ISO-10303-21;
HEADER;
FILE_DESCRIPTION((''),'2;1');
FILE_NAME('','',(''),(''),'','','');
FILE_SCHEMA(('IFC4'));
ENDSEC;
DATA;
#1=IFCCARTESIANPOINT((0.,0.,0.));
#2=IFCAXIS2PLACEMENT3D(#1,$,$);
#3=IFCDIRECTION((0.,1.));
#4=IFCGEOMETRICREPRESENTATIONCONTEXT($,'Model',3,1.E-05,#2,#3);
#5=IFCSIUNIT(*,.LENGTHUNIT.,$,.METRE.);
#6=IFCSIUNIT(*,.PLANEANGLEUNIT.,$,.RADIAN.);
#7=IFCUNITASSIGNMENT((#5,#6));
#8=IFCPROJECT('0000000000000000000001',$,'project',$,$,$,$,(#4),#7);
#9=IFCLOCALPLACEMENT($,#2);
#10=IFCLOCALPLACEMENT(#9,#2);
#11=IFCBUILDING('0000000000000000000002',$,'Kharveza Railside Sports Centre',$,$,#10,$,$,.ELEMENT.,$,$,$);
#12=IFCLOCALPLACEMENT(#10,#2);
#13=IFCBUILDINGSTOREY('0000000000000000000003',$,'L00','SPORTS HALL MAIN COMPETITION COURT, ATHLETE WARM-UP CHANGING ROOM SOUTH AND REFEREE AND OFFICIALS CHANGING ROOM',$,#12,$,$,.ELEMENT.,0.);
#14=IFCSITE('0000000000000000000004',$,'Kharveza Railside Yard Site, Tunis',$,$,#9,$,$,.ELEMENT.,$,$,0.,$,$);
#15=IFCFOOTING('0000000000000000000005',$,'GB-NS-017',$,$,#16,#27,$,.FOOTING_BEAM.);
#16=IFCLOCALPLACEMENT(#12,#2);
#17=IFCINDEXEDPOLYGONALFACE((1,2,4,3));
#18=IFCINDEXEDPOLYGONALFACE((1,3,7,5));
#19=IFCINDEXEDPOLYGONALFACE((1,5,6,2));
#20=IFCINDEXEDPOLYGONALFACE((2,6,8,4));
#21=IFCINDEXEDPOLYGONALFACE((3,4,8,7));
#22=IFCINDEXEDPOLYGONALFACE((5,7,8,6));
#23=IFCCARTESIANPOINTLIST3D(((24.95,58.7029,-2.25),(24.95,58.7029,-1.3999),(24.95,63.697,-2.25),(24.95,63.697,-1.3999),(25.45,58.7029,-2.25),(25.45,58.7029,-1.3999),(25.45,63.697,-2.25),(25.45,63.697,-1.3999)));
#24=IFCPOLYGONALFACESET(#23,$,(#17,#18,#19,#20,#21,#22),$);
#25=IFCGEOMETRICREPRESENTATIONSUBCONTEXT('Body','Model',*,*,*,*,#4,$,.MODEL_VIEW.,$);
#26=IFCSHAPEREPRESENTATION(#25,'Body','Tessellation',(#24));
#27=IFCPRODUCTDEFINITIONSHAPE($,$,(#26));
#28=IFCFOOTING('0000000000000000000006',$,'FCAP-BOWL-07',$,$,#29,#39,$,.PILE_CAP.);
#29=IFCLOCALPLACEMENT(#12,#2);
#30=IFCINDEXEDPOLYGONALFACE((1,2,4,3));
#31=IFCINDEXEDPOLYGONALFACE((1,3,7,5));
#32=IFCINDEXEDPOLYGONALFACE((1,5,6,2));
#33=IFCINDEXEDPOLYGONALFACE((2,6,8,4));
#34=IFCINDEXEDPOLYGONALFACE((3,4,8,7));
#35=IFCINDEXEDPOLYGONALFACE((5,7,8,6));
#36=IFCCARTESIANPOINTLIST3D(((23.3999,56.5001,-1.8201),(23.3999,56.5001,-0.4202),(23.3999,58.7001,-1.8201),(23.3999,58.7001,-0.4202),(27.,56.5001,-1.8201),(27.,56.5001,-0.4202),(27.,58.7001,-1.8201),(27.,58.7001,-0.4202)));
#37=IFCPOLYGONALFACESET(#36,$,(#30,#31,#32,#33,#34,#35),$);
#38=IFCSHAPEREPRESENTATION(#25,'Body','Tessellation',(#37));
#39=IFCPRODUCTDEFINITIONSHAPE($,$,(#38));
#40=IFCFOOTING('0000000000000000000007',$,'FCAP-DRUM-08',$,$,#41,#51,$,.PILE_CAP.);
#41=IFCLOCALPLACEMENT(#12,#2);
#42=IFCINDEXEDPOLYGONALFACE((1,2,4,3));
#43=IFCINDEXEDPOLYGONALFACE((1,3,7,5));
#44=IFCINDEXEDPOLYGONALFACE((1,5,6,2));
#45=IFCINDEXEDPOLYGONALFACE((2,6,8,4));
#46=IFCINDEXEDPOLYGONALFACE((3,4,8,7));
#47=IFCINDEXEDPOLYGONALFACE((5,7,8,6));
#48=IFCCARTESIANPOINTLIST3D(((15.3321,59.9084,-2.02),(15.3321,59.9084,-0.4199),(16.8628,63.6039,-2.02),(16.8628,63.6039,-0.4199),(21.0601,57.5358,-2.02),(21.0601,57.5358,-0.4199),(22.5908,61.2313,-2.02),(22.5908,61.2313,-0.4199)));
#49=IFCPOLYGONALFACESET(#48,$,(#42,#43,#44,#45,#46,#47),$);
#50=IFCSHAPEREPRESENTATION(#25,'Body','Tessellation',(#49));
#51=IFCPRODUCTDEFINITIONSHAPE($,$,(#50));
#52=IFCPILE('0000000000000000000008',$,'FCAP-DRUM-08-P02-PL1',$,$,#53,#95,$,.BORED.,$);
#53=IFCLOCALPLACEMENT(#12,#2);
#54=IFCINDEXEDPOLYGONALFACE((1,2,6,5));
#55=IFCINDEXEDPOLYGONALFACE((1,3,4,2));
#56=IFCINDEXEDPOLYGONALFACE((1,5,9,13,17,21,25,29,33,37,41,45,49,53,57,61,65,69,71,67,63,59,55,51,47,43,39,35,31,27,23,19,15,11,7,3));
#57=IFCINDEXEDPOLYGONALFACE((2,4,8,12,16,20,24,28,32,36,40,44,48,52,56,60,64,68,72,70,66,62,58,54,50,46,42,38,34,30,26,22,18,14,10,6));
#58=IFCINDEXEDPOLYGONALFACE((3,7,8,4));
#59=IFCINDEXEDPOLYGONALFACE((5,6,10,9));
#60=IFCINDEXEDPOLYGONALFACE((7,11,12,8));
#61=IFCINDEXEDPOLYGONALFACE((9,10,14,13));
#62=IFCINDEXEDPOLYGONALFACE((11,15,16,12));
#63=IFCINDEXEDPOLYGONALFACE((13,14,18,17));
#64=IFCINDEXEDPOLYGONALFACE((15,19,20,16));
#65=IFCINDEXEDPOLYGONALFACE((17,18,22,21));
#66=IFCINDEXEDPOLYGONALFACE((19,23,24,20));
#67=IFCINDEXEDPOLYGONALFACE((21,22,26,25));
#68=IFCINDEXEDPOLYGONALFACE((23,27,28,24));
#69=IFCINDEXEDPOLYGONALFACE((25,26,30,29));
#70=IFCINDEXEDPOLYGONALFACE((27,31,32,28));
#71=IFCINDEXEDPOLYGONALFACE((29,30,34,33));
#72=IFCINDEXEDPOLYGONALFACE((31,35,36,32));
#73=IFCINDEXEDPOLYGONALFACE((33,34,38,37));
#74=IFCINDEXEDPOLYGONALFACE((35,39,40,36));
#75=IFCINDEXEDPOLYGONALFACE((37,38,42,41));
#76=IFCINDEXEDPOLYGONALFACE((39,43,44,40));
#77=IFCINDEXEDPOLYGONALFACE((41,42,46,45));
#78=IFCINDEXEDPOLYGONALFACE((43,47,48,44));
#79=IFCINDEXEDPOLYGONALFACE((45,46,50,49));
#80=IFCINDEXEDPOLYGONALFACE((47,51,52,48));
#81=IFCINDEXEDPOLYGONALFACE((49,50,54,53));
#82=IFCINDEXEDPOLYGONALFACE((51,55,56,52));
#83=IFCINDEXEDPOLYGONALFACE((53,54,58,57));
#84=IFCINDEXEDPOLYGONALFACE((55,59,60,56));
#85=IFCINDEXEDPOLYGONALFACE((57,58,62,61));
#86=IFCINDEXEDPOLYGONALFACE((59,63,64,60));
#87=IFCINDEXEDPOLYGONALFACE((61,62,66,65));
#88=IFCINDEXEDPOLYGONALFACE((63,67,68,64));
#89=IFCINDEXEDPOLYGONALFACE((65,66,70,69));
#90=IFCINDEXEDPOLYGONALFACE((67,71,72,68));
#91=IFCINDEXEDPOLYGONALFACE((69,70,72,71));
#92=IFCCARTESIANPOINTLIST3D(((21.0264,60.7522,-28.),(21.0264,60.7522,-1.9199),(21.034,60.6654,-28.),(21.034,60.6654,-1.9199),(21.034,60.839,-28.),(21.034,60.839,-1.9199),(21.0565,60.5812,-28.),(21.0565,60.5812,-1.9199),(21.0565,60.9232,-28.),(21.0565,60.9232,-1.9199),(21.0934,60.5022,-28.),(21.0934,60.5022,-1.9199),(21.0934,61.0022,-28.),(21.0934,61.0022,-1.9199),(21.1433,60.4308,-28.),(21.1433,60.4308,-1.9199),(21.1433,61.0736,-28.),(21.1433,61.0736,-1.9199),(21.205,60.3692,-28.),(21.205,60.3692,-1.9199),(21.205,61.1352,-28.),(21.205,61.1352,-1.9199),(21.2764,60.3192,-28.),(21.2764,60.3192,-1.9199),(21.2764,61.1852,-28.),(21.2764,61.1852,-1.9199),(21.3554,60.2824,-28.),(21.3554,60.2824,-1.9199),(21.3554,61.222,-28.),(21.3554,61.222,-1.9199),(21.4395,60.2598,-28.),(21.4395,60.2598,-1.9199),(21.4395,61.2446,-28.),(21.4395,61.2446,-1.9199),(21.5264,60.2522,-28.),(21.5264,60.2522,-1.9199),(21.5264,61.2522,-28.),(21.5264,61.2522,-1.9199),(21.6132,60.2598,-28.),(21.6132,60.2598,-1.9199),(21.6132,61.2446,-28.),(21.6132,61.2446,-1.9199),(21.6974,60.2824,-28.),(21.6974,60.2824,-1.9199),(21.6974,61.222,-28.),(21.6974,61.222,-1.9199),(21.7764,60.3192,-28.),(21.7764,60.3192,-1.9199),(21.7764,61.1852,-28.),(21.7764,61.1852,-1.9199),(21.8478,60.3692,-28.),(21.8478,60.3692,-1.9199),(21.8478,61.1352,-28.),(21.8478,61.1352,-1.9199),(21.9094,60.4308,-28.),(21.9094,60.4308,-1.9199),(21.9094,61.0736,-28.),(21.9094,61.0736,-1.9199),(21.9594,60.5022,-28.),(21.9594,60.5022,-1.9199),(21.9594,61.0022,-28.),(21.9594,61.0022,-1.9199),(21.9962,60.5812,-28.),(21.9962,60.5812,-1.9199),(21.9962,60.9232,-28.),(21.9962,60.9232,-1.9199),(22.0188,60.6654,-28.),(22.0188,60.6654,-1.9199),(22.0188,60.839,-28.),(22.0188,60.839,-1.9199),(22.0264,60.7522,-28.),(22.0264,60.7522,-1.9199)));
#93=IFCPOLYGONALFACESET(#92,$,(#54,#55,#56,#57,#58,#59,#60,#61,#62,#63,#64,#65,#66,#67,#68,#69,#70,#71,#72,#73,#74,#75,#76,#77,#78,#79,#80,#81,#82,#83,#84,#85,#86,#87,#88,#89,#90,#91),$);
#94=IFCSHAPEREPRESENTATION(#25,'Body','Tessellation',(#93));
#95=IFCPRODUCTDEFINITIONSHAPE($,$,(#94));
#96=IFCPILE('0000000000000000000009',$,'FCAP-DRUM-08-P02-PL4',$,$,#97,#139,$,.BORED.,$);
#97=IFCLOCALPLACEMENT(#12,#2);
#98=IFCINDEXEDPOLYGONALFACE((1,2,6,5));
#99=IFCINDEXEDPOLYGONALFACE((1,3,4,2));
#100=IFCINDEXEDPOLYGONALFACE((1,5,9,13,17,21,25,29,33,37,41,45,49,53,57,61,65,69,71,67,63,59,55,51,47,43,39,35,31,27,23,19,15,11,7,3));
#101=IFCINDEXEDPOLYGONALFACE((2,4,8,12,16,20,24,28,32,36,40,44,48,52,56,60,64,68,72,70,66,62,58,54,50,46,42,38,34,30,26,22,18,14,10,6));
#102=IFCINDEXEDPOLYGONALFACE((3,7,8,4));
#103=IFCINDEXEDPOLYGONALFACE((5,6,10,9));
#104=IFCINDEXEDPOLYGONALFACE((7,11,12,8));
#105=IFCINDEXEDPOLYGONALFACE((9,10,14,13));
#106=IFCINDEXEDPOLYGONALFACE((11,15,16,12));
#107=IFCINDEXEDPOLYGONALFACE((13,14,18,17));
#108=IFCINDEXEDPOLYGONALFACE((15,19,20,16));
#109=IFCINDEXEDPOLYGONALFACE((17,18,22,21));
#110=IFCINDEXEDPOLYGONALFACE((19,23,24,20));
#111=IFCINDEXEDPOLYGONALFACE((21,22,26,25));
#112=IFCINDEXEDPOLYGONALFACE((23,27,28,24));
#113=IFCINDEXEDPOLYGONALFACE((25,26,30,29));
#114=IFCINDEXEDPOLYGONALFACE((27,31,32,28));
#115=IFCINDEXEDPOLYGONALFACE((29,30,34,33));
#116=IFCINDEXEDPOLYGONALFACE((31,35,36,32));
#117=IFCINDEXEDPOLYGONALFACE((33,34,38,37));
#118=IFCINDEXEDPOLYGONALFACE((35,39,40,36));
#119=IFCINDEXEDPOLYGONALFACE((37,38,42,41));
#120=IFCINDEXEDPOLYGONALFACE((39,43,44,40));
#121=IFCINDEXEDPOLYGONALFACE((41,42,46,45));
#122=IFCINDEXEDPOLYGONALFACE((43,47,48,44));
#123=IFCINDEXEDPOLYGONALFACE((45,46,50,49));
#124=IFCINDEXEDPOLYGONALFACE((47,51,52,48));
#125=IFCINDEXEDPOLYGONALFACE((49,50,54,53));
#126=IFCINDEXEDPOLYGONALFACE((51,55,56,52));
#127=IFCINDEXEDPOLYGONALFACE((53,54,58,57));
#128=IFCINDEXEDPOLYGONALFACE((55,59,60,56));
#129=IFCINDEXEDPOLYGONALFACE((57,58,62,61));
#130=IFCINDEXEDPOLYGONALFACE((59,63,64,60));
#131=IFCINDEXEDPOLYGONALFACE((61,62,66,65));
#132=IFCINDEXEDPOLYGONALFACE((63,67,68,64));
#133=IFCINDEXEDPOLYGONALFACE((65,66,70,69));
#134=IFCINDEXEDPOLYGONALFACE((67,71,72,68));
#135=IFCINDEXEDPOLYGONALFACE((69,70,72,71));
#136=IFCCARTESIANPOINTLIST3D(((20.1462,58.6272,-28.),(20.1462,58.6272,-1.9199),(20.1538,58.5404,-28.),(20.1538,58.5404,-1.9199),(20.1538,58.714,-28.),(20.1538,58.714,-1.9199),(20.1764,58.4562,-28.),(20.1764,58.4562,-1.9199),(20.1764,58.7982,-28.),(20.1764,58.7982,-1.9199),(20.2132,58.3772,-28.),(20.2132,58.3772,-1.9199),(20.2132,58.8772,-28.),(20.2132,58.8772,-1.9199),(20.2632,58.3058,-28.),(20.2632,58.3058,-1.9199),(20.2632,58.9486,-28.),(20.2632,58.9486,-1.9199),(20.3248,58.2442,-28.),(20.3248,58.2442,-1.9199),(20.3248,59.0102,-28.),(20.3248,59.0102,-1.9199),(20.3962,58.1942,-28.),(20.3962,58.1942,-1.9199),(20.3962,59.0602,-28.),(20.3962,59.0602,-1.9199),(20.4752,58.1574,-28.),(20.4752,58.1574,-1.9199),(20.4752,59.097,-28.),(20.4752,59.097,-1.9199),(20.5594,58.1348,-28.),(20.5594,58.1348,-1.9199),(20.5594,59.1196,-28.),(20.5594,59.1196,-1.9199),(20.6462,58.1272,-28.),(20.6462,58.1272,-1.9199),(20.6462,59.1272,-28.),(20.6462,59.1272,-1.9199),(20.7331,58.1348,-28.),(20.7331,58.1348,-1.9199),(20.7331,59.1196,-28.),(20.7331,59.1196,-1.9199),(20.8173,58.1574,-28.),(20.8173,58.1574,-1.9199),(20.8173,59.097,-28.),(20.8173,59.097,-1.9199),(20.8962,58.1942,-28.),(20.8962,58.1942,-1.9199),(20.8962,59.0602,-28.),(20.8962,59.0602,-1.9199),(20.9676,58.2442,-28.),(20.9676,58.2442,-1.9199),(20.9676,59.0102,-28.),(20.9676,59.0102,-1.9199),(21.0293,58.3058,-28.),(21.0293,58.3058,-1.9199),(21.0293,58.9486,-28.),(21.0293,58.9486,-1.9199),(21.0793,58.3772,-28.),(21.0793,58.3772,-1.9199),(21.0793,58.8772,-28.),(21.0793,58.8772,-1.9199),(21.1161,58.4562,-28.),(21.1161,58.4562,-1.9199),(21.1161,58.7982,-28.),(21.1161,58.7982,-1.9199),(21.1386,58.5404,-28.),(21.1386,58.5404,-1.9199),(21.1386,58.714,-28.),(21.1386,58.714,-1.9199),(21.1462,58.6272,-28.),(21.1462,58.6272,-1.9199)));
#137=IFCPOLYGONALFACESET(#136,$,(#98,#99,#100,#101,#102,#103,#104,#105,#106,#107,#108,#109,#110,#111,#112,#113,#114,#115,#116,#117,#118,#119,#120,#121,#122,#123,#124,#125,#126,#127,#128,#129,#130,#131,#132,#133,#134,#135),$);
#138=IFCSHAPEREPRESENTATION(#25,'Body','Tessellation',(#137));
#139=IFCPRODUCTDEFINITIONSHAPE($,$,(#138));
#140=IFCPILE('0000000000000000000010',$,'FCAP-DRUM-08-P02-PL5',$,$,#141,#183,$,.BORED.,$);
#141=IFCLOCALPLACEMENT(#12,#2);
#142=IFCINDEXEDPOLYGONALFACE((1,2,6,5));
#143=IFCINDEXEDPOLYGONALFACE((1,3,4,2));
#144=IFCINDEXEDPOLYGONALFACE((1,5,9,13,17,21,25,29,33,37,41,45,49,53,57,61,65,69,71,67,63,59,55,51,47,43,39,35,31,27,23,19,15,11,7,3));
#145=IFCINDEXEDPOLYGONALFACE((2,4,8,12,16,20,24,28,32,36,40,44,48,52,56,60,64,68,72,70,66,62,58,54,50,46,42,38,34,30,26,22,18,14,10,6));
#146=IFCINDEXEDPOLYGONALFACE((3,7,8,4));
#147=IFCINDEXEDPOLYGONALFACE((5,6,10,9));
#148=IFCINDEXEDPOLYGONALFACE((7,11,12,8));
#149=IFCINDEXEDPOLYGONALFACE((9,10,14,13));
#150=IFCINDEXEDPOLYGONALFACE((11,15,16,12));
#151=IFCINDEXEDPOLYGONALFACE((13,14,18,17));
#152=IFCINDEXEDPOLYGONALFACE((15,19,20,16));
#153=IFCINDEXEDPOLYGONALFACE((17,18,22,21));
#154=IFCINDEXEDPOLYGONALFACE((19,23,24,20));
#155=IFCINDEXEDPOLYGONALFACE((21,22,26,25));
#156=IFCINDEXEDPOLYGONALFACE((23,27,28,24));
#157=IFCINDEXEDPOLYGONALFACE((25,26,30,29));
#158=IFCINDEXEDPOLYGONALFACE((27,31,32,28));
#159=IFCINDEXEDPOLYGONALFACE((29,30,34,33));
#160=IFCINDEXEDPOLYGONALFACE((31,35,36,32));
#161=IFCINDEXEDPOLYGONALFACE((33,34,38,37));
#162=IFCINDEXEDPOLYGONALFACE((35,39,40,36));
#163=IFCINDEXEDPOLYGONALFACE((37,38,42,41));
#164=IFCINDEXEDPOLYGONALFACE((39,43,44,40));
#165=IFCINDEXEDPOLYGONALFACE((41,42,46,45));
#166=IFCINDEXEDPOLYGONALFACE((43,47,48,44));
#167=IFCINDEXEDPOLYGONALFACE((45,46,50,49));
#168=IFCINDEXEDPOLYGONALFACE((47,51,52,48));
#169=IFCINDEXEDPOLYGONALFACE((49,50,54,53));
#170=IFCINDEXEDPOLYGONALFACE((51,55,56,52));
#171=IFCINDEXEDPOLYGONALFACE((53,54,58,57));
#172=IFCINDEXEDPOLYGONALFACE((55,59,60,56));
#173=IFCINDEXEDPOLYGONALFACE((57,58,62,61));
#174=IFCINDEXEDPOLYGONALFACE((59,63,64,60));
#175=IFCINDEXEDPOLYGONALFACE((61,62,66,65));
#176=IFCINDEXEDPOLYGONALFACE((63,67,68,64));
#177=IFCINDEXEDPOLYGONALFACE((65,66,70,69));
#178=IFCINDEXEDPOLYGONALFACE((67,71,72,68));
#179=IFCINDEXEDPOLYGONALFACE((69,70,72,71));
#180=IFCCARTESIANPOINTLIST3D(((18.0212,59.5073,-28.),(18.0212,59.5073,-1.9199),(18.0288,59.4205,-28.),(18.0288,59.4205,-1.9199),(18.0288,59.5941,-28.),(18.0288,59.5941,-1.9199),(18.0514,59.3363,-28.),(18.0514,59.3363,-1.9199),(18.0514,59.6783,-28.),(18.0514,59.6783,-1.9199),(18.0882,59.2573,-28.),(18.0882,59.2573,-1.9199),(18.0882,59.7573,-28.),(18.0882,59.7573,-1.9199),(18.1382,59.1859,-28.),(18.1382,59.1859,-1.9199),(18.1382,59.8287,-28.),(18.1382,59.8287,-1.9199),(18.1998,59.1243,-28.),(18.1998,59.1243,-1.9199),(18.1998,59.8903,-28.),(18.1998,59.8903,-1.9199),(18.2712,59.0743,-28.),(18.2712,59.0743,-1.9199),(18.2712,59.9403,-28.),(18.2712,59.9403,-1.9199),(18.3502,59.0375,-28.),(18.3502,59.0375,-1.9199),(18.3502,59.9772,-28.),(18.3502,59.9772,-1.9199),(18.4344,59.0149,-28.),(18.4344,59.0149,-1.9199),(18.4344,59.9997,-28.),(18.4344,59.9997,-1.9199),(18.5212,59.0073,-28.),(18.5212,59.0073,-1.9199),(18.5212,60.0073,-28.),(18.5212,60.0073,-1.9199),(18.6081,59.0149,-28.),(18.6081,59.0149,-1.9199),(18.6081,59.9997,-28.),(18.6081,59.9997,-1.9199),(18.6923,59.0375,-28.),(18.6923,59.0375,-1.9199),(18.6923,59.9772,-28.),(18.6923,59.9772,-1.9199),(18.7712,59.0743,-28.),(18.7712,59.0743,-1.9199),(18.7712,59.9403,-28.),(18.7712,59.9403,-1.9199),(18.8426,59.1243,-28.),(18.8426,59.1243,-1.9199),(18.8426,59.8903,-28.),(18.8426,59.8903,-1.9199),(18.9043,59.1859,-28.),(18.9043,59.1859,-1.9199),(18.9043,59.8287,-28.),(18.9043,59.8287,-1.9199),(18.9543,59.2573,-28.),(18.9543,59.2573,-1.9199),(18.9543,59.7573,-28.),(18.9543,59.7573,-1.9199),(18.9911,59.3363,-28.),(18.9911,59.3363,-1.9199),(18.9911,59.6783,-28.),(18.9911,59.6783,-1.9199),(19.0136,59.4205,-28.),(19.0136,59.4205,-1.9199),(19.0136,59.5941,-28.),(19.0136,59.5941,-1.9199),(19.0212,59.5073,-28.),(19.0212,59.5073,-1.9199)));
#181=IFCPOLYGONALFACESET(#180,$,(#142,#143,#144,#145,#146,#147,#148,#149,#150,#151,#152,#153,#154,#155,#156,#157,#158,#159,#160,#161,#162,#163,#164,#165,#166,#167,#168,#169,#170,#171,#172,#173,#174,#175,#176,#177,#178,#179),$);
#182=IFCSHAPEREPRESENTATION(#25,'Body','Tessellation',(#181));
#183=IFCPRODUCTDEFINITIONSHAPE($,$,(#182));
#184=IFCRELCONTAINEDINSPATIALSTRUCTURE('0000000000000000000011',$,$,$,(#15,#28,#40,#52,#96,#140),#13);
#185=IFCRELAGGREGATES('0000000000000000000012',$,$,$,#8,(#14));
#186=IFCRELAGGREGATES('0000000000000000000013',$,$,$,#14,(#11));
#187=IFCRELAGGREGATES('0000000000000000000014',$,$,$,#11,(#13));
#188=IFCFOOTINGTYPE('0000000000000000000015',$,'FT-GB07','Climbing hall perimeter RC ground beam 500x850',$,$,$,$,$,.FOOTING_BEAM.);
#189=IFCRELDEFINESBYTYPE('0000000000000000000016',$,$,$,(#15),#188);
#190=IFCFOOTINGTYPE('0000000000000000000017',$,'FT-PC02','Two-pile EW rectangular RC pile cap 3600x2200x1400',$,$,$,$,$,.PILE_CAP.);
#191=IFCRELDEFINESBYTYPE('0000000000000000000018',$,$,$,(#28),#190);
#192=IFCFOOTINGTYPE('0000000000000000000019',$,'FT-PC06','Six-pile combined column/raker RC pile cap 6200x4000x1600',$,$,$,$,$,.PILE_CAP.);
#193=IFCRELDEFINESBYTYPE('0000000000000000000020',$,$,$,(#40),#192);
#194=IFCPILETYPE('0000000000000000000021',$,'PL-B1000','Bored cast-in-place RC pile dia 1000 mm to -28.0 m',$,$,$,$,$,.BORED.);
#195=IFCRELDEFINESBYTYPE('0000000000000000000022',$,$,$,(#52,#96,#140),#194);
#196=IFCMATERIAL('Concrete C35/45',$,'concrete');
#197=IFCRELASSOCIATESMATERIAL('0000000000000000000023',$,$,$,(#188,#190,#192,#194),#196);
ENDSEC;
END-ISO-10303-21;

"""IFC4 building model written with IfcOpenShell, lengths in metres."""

from ifc_helpers import new_model, si_unit, direction, frame, origin, origin_2d, place, context, subcontext, project, spatial, rectangle, circle, extrude, material, material_profile, profile_set, type_object, element, save


model = new_model("IFC4")

# Units and contexts
model_context = context("Model", 3, precision=1e-05, world=origin(), true_north=direction((0.0, 1.0)))
body_context = subcontext(model_context, "Body", "Model", "MODEL_VIEW")
ifc_project = project(units=[si_unit("LENGTHUNIT", "METRE"), si_unit("PLANEANGLEUNIT", "RADIAN")], contexts=[model_context])

# Site, building, storey
site_placement = place(None, origin())
site = spatial("IfcSite", under=ifc_project, at=site_placement, Name="Kharveza Railside Yard Site, Tunis", CompositionType="ELEMENT", RefElevation=0.0)
building_placement = place(site_placement, origin())
building = spatial("IfcBuilding", under=site, at=building_placement, Name="Kharveza Railside Sports Centre", CompositionType="ELEMENT")
storey_placement = place(building_placement, origin())
storey = spatial("IfcBuildingStorey", under=building, at=storey_placement, Name="L00", Description="SPORTS HALL MAIN COMPETITION COURT, ATHLETE WARM-UP CHANGING ROOM SOUTH AND REFEREE AND OFFICIALS CHANGING ROOM", CompositionType="ELEMENT", Elevation=0.0)

# Footings
ifc_material_1 = material(Name="Concrete C35/45", Category="concrete")
ifc_material_profile_1 = material_profile(ifc_material_1, rectangle(XDim=0.5, YDim=0.8501, at=origin_2d()), Name="GB 500x850")
ifc_profile_set_1 = profile_set([ifc_material_profile_1], Name="Concrete C35/45")
footing_type_1 = type_object("IfcFootingType", Name="FT-GB07", Description="Climbing hall perimeter RC ground beam 500x850", PredefinedType="FOOTING_BEAM", material=ifc_profile_set_1)
footing_1_placement = place(storey_placement, frame((25.2, 58.7029, -1.825), z_axis=(0.0, 1.0, 0.0), x_axis=(-1.0, 0.0, 0.0)))
element("IfcFooting", 1, at=footing_1_placement, inside=storey, type_object=footing_type_1, Name="GB-NS-017", PredefinedType="FOOTING_BEAM", context=body_context, shape_type="SweptSolid", body=[
    extrude(rectangle(XDim=0.5, YDim=0.8501, at=origin_2d()), origin(), (0.0, 0.0, 1.0), 4.9941),
])
footing_type_2 = type_object("IfcFootingType", Name="FT-PC02", Description="Two-pile EW rectangular RC pile cap 3600x2200x1400", PredefinedType="PILE_CAP", material=ifc_material_1)
footing_2_placement = place(storey_placement, frame((25.2, 57.6001, -1.8201), z_axis=(0.0, 0.0, 1.0), x_axis=(1.0, 0.0, 0.0)))
element("IfcFooting", 2, at=footing_2_placement, inside=storey, type_object=footing_type_2, Name="FCAP-BOWL-07", PredefinedType="PILE_CAP", context=body_context, shape_type="SweptSolid", body=[
    extrude(rectangle(XDim=3.6001, YDim=2.2, at=origin_2d()), origin(), (0.0, 0.0, 1.0), 1.3999),
])
footing_type_3 = type_object("IfcFootingType", Name="FT-PC06", Description="Six-pile combined column/raker RC pile cap 6200x4000x1600", PredefinedType="PILE_CAP", material=ifc_material_1)
footing_3_placement = place(storey_placement, frame((18.9614, 60.5698, -2.02), z_axis=(0.0, 0.0, 1.0), x_axis=(-0.92388, 0.382683, 0.0)))
element("IfcFooting", 3, at=footing_3_placement, inside=storey, type_object=footing_type_3, Name="FCAP-DRUM-08", PredefinedType="PILE_CAP", context=body_context, shape_type="SweptSolid", body=[
    extrude(rectangle(XDim=6.2, YDim=4.0, at=origin_2d()), origin(), (0.0, 0.0, 1.0), 1.6001),
])

# Piles
ifc_material_profile_2 = material_profile(ifc_material_1, circle(Radius=0.5, at=origin_2d()), Name="PILE D1000")
ifc_profile_set_2 = profile_set([ifc_material_profile_2], Name="Concrete C35/45")
pile_type_1 = type_object("IfcPileType", Name="PL-B1000", Description="Bored cast-in-place RC pile dia 1000 mm to -28.0 m", PredefinedType="BORED", material=ifc_profile_set_2)
for number, where, z_axis, x_axis, name in (
    (4, (21.5264, 60.7522, -1.9199), (0.0, 0.0, -1.0), (1.0, 0.0, 0.0), "FCAP-DRUM-08-P02-PL1"),
    (5, (20.6462, 58.6272, -1.9199), (0.0, 0.0, -1.0), (1.0, 0.0, 0.0), "FCAP-DRUM-08-P02-PL4"),
    (6, (18.5212, 59.5073, -1.9199), (0.0, 0.0, -1.0), (1.0, 0.0, 0.0), "FCAP-DRUM-08-P02-PL5"),
):
    element("IfcPile", number, at=place(storey_placement, frame(where, z_axis=z_axis, x_axis=x_axis)), inside=storey, type_object=pile_type_1, Name=name, PredefinedType="BORED", context=body_context, shape_type="SweptSolid", body=[
        extrude(circle(Radius=0.5, at=origin_2d()), origin(), (0.0, 0.0, 1.0), 26.0801),
    ])

save(model, "model.ifc")
